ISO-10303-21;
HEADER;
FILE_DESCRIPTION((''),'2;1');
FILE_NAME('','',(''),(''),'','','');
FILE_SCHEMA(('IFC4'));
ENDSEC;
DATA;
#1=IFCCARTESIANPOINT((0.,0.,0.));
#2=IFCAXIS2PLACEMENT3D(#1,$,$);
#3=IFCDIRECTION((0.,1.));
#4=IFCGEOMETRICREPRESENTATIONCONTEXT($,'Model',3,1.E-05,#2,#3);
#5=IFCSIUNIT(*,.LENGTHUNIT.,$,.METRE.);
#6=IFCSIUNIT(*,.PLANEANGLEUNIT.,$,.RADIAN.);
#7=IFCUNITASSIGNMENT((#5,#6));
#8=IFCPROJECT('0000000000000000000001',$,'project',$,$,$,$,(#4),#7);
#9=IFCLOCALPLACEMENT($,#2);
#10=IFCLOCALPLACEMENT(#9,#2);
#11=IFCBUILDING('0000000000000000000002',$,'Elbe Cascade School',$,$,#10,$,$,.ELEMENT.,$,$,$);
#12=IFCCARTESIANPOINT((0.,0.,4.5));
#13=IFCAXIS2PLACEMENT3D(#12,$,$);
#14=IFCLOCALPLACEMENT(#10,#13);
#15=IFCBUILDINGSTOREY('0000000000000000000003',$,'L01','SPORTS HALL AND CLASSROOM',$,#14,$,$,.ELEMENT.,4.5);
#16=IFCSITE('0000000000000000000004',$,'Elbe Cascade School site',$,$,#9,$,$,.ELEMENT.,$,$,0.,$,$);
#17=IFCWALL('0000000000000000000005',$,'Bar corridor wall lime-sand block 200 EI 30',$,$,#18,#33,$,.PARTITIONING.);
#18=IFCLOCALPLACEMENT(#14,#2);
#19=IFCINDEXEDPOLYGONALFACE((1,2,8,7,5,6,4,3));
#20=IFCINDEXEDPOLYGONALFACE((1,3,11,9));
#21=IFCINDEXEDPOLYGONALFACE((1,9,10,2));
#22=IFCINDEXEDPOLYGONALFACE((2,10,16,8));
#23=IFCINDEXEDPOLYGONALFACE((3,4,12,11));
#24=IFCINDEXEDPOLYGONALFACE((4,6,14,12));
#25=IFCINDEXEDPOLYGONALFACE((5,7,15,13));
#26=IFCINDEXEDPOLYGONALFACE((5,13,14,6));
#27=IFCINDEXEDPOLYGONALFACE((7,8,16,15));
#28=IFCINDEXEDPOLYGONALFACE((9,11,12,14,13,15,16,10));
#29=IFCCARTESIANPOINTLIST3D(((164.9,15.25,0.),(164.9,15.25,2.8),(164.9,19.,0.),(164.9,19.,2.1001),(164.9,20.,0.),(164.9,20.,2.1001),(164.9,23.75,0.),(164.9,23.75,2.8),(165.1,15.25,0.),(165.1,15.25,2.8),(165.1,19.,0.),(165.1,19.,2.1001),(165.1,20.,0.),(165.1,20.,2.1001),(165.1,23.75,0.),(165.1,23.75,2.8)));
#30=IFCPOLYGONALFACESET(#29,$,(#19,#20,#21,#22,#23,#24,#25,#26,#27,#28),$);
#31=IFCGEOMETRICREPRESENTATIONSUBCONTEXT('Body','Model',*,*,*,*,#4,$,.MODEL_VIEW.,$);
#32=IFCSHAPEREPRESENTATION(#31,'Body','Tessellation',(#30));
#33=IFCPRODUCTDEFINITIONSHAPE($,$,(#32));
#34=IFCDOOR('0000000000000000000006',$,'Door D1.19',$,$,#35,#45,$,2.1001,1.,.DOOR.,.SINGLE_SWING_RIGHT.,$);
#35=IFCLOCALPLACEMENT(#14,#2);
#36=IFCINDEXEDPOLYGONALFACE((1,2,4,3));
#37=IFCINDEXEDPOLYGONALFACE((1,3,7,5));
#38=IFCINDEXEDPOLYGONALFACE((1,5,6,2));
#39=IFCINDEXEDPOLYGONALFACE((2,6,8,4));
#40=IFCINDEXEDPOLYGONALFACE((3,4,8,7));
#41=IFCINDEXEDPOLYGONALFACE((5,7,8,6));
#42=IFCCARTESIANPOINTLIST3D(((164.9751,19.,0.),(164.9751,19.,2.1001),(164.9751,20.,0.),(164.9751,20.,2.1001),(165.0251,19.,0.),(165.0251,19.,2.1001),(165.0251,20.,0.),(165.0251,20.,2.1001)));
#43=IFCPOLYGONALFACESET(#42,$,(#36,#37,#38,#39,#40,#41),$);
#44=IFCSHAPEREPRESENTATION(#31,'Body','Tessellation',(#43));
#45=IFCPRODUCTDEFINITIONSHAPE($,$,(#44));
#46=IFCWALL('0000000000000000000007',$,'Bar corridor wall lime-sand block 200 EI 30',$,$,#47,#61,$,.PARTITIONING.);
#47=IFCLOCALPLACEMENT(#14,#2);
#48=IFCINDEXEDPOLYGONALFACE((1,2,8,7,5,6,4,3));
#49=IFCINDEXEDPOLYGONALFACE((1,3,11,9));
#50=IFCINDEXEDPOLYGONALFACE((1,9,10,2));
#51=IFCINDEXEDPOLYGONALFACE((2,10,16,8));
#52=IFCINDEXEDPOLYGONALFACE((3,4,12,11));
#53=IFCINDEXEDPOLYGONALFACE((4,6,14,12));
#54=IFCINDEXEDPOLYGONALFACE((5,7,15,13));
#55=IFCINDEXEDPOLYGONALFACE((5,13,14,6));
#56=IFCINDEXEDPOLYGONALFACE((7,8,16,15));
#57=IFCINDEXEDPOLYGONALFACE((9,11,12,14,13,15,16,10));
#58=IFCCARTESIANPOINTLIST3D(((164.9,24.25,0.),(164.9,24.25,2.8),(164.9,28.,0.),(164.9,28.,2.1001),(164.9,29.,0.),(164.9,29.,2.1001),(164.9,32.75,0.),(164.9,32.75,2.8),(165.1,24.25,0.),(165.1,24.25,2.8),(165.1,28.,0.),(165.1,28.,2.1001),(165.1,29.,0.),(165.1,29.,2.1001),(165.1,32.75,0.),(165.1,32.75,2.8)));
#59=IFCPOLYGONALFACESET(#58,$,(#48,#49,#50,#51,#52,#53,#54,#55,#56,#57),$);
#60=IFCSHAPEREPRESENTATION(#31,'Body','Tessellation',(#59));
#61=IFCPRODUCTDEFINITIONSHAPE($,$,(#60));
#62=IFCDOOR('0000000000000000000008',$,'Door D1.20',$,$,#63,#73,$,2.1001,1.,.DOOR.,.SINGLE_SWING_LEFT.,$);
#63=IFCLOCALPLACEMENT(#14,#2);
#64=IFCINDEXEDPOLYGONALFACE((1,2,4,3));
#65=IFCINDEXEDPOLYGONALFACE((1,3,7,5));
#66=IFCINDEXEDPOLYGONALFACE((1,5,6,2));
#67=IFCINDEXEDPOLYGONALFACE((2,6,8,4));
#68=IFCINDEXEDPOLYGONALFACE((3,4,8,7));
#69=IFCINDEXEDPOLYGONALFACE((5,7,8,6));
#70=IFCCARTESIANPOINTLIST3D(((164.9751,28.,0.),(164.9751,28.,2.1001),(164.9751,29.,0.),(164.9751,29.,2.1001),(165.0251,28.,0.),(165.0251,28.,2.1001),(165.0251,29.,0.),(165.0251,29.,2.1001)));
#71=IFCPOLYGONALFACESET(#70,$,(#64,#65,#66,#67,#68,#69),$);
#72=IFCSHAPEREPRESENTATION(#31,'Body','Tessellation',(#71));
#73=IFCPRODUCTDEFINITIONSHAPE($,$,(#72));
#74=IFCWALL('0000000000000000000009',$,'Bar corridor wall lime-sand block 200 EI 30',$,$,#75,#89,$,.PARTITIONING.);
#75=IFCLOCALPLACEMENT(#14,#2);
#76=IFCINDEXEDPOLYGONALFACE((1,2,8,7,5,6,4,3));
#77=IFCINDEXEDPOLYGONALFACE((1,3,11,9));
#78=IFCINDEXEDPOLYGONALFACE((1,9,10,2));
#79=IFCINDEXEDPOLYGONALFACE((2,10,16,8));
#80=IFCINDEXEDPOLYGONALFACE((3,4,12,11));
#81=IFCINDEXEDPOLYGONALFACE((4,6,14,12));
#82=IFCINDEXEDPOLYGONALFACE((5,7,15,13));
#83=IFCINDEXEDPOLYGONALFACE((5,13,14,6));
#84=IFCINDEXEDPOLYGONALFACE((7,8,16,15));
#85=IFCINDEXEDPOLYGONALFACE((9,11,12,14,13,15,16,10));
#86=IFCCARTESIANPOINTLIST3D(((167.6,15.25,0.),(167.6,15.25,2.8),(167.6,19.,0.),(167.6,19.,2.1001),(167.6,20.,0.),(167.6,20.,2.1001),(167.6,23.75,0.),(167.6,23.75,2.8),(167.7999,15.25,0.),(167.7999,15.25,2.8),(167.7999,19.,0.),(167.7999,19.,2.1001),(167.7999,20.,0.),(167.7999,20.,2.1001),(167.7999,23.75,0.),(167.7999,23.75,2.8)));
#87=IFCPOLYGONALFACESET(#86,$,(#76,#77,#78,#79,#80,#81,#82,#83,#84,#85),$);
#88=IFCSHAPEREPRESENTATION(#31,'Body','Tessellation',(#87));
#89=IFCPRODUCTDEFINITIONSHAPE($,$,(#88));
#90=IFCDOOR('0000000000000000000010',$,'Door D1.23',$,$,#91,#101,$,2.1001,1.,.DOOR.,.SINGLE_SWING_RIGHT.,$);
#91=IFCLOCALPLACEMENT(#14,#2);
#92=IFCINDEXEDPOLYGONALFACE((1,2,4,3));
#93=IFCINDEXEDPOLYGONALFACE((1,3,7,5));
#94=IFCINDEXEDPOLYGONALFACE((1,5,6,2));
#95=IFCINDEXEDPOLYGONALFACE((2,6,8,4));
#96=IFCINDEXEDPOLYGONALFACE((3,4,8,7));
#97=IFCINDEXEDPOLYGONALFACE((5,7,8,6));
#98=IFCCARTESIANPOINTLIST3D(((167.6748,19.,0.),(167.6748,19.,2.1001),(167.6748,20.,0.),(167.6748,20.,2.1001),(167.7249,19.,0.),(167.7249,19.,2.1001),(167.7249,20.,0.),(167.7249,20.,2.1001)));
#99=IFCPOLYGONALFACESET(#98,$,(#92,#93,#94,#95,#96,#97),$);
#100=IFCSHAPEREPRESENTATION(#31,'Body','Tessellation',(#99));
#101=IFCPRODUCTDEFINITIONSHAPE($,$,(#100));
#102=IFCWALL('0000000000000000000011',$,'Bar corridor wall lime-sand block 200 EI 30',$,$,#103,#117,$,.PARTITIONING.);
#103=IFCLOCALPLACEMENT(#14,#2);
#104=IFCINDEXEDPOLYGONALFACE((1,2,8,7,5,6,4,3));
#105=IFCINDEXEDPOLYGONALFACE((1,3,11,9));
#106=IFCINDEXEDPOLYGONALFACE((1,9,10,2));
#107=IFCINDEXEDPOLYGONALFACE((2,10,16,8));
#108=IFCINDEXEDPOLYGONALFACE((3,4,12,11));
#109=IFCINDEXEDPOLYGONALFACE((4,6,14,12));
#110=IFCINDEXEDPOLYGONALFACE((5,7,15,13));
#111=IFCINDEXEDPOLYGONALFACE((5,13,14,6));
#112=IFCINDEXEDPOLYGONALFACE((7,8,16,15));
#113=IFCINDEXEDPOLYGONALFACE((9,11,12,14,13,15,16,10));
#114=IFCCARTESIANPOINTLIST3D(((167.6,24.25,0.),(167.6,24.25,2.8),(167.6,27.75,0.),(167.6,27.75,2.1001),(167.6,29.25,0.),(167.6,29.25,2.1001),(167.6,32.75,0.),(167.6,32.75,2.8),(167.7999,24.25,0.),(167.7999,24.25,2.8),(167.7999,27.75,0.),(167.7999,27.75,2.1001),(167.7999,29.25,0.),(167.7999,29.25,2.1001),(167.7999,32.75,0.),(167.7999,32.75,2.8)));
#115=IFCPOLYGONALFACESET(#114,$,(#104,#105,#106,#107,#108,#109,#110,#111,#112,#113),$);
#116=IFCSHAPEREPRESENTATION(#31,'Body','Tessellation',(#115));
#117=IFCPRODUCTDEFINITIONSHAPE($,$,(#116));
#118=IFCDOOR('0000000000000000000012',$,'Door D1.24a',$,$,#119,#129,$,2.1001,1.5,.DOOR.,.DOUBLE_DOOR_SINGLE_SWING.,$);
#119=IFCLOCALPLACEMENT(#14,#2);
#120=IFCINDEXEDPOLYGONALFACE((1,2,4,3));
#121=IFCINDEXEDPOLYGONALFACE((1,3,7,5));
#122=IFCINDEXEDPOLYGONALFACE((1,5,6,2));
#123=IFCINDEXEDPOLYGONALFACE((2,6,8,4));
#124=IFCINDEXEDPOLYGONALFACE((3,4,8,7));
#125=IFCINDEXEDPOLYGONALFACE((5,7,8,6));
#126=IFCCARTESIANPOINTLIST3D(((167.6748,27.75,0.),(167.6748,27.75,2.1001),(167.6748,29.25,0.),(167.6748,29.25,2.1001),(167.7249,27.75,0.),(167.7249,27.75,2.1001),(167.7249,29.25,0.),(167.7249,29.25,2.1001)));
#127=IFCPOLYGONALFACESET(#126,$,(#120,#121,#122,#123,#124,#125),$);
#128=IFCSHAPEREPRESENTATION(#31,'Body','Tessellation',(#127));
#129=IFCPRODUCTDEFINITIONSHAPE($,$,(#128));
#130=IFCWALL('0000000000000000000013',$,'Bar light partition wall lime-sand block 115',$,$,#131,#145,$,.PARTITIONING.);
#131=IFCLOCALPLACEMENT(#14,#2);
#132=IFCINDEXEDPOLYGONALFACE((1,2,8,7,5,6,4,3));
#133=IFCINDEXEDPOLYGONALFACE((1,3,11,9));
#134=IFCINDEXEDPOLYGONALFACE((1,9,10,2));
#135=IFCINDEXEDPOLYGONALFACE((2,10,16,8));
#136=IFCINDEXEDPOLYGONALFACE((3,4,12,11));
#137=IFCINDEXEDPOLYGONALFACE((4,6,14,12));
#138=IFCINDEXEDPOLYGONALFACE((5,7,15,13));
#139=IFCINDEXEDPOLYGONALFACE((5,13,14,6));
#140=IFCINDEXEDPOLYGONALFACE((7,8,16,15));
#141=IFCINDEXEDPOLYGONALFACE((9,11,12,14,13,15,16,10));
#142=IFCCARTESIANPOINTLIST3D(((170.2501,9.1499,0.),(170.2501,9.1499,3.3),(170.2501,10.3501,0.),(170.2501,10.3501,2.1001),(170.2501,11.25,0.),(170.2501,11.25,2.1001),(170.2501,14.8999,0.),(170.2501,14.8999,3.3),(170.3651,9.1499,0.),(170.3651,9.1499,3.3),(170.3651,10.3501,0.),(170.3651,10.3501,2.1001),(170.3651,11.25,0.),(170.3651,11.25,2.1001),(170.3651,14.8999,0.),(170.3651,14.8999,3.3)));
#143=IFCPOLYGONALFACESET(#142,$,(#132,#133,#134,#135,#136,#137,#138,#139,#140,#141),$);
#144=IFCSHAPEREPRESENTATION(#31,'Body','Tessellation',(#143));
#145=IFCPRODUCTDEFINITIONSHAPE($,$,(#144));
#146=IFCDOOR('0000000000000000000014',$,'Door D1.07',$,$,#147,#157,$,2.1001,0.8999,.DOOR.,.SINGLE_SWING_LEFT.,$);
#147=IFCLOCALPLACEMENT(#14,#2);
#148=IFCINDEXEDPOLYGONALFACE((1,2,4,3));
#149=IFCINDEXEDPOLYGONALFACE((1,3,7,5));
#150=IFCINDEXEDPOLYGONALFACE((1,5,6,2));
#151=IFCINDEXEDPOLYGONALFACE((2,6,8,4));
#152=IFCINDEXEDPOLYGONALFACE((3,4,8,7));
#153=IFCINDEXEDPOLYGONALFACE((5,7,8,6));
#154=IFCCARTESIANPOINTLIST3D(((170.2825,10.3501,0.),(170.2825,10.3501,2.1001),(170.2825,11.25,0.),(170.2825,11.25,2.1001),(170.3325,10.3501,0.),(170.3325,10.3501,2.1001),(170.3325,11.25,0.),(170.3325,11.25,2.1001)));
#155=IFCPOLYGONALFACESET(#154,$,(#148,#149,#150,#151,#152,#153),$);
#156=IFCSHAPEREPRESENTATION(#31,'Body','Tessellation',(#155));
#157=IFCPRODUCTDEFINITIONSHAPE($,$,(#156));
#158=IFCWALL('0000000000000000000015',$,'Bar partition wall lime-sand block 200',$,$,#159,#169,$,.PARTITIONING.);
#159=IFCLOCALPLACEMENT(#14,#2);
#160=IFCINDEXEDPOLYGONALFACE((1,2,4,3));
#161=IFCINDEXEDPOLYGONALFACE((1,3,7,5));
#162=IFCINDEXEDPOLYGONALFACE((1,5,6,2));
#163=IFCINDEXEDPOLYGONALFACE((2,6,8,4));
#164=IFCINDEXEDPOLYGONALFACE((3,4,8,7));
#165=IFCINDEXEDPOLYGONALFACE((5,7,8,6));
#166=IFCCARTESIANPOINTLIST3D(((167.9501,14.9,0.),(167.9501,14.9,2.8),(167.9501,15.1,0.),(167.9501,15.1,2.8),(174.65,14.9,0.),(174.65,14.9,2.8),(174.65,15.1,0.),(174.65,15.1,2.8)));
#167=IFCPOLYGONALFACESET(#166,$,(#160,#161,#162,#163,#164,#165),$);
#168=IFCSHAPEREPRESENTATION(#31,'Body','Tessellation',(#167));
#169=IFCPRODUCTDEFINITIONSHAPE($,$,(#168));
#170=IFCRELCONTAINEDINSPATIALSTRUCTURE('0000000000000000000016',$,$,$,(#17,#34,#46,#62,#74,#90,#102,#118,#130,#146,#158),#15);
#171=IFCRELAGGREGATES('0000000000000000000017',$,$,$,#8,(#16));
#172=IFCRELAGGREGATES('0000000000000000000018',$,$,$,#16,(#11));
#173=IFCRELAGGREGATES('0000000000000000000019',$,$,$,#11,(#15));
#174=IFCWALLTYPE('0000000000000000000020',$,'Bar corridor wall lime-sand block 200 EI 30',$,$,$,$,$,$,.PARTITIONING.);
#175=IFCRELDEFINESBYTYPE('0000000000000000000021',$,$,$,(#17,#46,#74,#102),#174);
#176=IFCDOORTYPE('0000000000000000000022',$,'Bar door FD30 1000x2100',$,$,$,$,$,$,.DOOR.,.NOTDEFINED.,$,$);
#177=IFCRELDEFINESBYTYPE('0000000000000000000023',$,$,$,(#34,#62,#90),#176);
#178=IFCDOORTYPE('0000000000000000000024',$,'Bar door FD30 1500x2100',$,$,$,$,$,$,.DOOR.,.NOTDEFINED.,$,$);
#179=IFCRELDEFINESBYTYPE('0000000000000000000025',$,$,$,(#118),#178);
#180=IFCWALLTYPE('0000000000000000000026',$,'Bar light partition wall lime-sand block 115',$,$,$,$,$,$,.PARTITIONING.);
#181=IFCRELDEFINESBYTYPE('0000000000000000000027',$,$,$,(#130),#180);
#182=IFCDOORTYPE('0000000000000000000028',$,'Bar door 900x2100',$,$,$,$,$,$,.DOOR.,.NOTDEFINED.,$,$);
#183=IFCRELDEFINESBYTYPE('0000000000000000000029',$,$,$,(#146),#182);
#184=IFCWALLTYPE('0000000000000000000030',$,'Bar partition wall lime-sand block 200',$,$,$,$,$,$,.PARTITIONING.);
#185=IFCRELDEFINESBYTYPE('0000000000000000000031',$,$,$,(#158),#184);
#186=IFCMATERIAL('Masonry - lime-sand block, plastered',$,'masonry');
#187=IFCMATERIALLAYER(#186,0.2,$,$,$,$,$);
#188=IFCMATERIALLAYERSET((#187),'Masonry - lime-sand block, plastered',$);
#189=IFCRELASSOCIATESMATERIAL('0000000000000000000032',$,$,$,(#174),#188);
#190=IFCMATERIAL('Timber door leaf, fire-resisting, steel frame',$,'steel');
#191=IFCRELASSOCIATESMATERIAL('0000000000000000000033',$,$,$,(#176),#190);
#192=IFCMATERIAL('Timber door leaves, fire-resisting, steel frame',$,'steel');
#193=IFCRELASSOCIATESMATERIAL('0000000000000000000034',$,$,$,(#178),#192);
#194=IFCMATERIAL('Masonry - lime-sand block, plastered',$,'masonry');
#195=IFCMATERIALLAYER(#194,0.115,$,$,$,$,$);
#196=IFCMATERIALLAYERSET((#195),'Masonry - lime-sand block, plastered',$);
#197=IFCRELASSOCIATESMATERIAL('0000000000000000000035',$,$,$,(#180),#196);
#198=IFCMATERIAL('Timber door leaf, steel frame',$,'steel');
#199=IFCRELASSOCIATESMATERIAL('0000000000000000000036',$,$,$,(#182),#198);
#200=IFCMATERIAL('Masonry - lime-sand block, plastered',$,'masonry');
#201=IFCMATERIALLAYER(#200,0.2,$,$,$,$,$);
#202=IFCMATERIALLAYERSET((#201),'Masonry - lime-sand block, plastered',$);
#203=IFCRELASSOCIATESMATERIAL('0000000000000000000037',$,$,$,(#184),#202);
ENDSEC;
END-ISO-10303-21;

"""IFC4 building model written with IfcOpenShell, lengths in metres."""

from ifc_helpers import new_model, si_unit, direction, frame, frame_2d, origin, place, context, subcontext, project, spatial, rectangle, extrude, material, layer, layer_set, type_object, element, fill, save


model = new_model("IFC4")

# Units and contexts
model_context = context("Model", 3, precision=1e-05, world=origin(), true_north=direction((0.0, 1.0)))
body_context = subcontext(model_context, "Body", "Model", "MODEL_VIEW")
ifc_project = project(units=[si_unit("LENGTHUNIT", "METRE"), si_unit("PLANEANGLEUNIT", "RADIAN")], contexts=[model_context])

# Site, building, storey
site_placement = place(None, origin())
site = spatial("IfcSite", under=ifc_project, at=site_placement, Name="Elbe Cascade School site", CompositionType="ELEMENT", RefElevation=0.0)
building_placement = place(site_placement, origin())
building = spatial("IfcBuilding", under=site, at=building_placement, Name="Elbe Cascade School", CompositionType="ELEMENT")
storey_placement = place(building_placement, frame((0.0, 0.0, 4.5)))
storey = spatial("IfcBuildingStorey", under=building, at=storey_placement, Name="L01", Description="SPORTS HALL AND CLASSROOM", CompositionType="ELEMENT", Elevation=4.5)

# Walls, openings, doors
ifc_material_1 = material(Name="Masonry - lime-sand block, plastered", Category="masonry")
ifc_layer_1 = layer(ifc_material_1, 0.2)
ifc_layer_set_1 = layer_set([ifc_layer_1], Name="Masonry - lime-sand block, plastered")
wall_type_1 = type_object("IfcWallType", Name="Bar corridor wall lime-sand block 200 EI 30", PredefinedType="PARTITIONING", material=ifc_layer_set_1)
wall_1_placement = place(storey_placement, frame((165.0, 15.25, 0.0), z_axis=(0.0, 0.0, 1.0), x_axis=(0.0, 1.0, 0.0)))
wall_1 = element("IfcWall", 1, at=wall_1_placement, inside=storey, type_object=wall_type_1, Name="Bar corridor wall lime-sand block 200 EI 30", PredefinedType="PARTITIONING", context=body_context, shape_type="SweptSolid", body=[
    extrude(rectangle(XDim=8.5, YDim=0.2, at=frame_2d((4.25, 0.0))), origin(), (0.0, 0.0, 1.0), 2.8),
])
opening_1_placement = place(wall_1_placement, frame((3.75, 0.0, 0.0)))
opening_1 = element("IfcOpeningElement", 2, at=opening_1_placement, cuts=wall_1, PredefinedType="OPENING", context=body_context, shape_type="SweptSolid", body=[
    extrude(rectangle(XDim=1.0, YDim=2.1001, at=frame_2d((0.5, 1.05))), frame((0.0, 0.1099, 0.0), z_axis=(0.0, -1.0, 0.0), x_axis=(1.0, 0.0, 0.0)), (0.0, 0.0, 1.0), 0.22),
])
ifc_material_2 = material(Name="Timber door leaf, fire-resisting, steel frame", Category="steel")
door_type_1 = type_object("IfcDoorType", Name="Bar door FD30 1000x2100", OperationType="NOTDEFINED", PredefinedType="DOOR", material=ifc_material_2)
door_1_placement = place(opening_1_placement, origin())
door_1 = element("IfcDoor", 3, at=door_1_placement, inside=storey, type_object=door_type_1, Name="Door D1.19", OperationType="SINGLE_SWING_RIGHT", OverallHeight=2.1001, OverallWidth=1.0, PredefinedType="DOOR", context=body_context, shape_type="SweptSolid", body=[
    extrude(rectangle(XDim=1.0, YDim=2.1001, at=frame_2d((0.5, 1.05))), frame((0.0, 0.0249, 0.0), z_axis=(0.0, -1.0, 0.0), x_axis=(1.0, 0.0, 0.0)), (0.0, 0.0, 1.0), 0.05),
])
fill(opening_1, door_1)
wall_2_placement = place(storey_placement, frame((165.0, 24.25, 0.0), z_axis=(0.0, 0.0, 1.0), x_axis=(0.0, 1.0, 0.0)))
wall_2 = element("IfcWall", 4, at=wall_2_placement, inside=storey, type_object=wall_type_1, Name="Bar corridor wall lime-sand block 200 EI 30", PredefinedType="PARTITIONING", context=body_context, shape_type="SweptSolid", body=[
    extrude(rectangle(XDim=8.5, YDim=0.2, at=frame_2d((4.25, 0.0))), origin(), (0.0, 0.0, 1.0), 2.8),
])
opening_2_placement = place(wall_2_placement, frame((3.75, 0.0, 0.0)))
opening_2 = element("IfcOpeningElement", 5, at=opening_2_placement, cuts=wall_2, PredefinedType="OPENING", context=body_context, shape_type="SweptSolid", body=[
    extrude(rectangle(XDim=1.0, YDim=2.1001, at=frame_2d((0.5, 1.05))), frame((0.0, 0.1099, 0.0), z_axis=(0.0, -1.0, 0.0), x_axis=(1.0, 0.0, 0.0)), (0.0, 0.0, 1.0), 0.22),
])
door_2_placement = place(opening_2_placement, origin())
door_2 = element("IfcDoor", 6, at=door_2_placement, inside=storey, type_object=door_type_1, Name="Door D1.20", OperationType="SINGLE_SWING_LEFT", OverallHeight=2.1001, OverallWidth=1.0, PredefinedType="DOOR", context=body_context, shape_type="SweptSolid", body=[
    extrude(rectangle(XDim=1.0, YDim=2.1001, at=frame_2d((0.5, 1.05))), frame((0.0, 0.0249, 0.0), z_axis=(0.0, -1.0, 0.0), x_axis=(1.0, 0.0, 0.0)), (0.0, 0.0, 1.0), 0.05),
])
fill(opening_2, door_2)
wall_3_placement = place(storey_placement, frame((167.7, 23.75, 0.0), z_axis=(0.0, 0.0, 1.0), x_axis=(0.0, -1.0, 0.0)))
wall_3 = element("IfcWall", 7, at=wall_3_placement, inside=storey, type_object=wall_type_1, Name="Bar corridor wall lime-sand block 200 EI 30", PredefinedType="PARTITIONING", context=body_context, shape_type="SweptSolid", body=[
    extrude(rectangle(XDim=8.5, YDim=0.2, at=frame_2d((4.25, 0.0))), origin(), (0.0, 0.0, 1.0), 2.8),
])
opening_3_placement = place(wall_3_placement, frame((3.75, 0.0, 0.0)))
opening_3 = element("IfcOpeningElement", 8, at=opening_3_placement, cuts=wall_3, PredefinedType="OPENING", context=body_context, shape_type="SweptSolid", body=[
    extrude(rectangle(XDim=1.0, YDim=2.1001, at=frame_2d((0.5, 1.05))), frame((0.0, 0.1099, 0.0), z_axis=(0.0, -1.0, 0.0), x_axis=(1.0, 0.0, 0.0)), (0.0, 0.0, 1.0), 0.22),
])
door_3_placement = place(opening_3_placement, origin())
door_3 = element("IfcDoor", 9, at=door_3_placement, inside=storey, type_object=door_type_1, Name="Door D1.23", OperationType="SINGLE_SWING_RIGHT", OverallHeight=2.1001, OverallWidth=1.0, PredefinedType="DOOR", context=body_context, shape_type="SweptSolid", body=[
    extrude(rectangle(XDim=1.0, YDim=2.1001, at=frame_2d((0.5, 1.05))), frame((0.0, 0.0249, 0.0), z_axis=(0.0, -1.0, 0.0), x_axis=(1.0, 0.0, 0.0)), (0.0, 0.0, 1.0), 0.05),
])
fill(opening_3, door_3)
wall_4_placement = place(storey_placement, frame((167.7, 32.75, 0.0), z_axis=(0.0, 0.0, 1.0), x_axis=(0.0, -1.0, 0.0)))
wall_4 = element("IfcWall", 10, at=wall_4_placement, inside=storey, type_object=wall_type_1, Name="Bar corridor wall lime-sand block 200 EI 30", PredefinedType="PARTITIONING", context=body_context, shape_type="SweptSolid", body=[
    extrude(rectangle(XDim=8.5, YDim=0.2, at=frame_2d((4.25, 0.0))), origin(), (0.0, 0.0, 1.0), 2.8),
])
opening_4_placement = place(wall_4_placement, frame((3.5, 0.0, 0.0)))
opening_4 = element("IfcOpeningElement", 11, at=opening_4_placement, cuts=wall_4, PredefinedType="OPENING", context=body_context, shape_type="SweptSolid", body=[
    extrude(rectangle(XDim=1.5, YDim=2.1001, at=frame_2d((0.75, 1.05))), frame((0.0, 0.1099, 0.0), z_axis=(0.0, -1.0, 0.0), x_axis=(1.0, 0.0, 0.0)), (0.0, 0.0, 1.0), 0.22),
])
ifc_material_3 = material(Name="Timber door leaves, fire-resisting, steel frame", Category="steel")
door_type_2 = type_object("IfcDoorType", Name="Bar door FD30 1500x2100", OperationType="NOTDEFINED", PredefinedType="DOOR", material=ifc_material_3)
door_4_placement = place(opening_4_placement, origin())
door_4 = element("IfcDoor", 12, at=door_4_placement, inside=storey, type_object=door_type_2, Name="Door D1.24a", OperationType="DOUBLE_DOOR_SINGLE_SWING", OverallHeight=2.1001, OverallWidth=1.5, PredefinedType="DOOR", context=body_context, shape_type="SweptSolid", body=[
    extrude(rectangle(XDim=1.5, YDim=2.1001, at=frame_2d((0.75, 1.05))), frame((0.0, 0.0249, 0.0), z_axis=(0.0, -1.0, 0.0), x_axis=(1.0, 0.0, 0.0)), (0.0, 0.0, 1.0), 0.05),
])
fill(opening_4, door_4)
ifc_material_4 = material(Name="Masonry - lime-sand block, plastered", Category="masonry")
ifc_layer_2 = layer(ifc_material_4, 0.115)
ifc_layer_set_2 = layer_set([ifc_layer_2], Name="Masonry - lime-sand block, plastered")
wall_type_2 = type_object("IfcWallType", Name="Bar light partition wall lime-sand block 115", PredefinedType="PARTITIONING", material=ifc_layer_set_2)
wall_5_placement = place(storey_placement, frame((170.3076, 14.8999, 0.0), z_axis=(0.0, 0.0, 1.0), x_axis=(0.0, -1.0, 0.0)))
wall_5 = element("IfcWall", 13, at=wall_5_placement, inside=storey, type_object=wall_type_2, Name="Bar light partition wall lime-sand block 115", PredefinedType="PARTITIONING", context=body_context, shape_type="SweptSolid", body=[
    extrude(rectangle(XDim=5.75, YDim=0.115, at=frame_2d((2.875, 0.0))), origin(), (0.0, 0.0, 1.0), 3.3),
])
opening_5_placement = place(wall_5_placement, frame((3.6499, 0.0, 0.0)))
opening_5 = element("IfcOpeningElement", 14, at=opening_5_placement, cuts=wall_5, PredefinedType="OPENING", context=body_context, shape_type="SweptSolid", body=[
    extrude(rectangle(XDim=0.8999, YDim=2.1001, at=frame_2d((0.45, 1.05))), frame((0.0, 0.0674, 0.0), z_axis=(0.0, -1.0, 0.0), x_axis=(1.0, 0.0, 0.0)), (0.0, 0.0, 1.0), 0.135),
])
ifc_material_5 = material(Name="Timber door leaf, steel frame", Category="steel")
door_type_3 = type_object("IfcDoorType", Name="Bar door 900x2100", OperationType="NOTDEFINED", PredefinedType="DOOR", material=ifc_material_5)
door_5_placement = place(opening_5_placement, origin())
door_5 = element("IfcDoor", 15, at=door_5_placement, inside=storey, type_object=door_type_3, Name="Door D1.07", OperationType="SINGLE_SWING_LEFT", OverallHeight=2.1001, OverallWidth=0.8999, PredefinedType="DOOR", context=body_context, shape_type="SweptSolid", body=[
    extrude(rectangle(XDim=0.8999, YDim=2.1001, at=frame_2d((0.45, 1.05))), frame((0.0, 0.0249, 0.0), z_axis=(0.0, -1.0, 0.0), x_axis=(1.0, 0.0, 0.0)), (0.0, 0.0, 1.0), 0.05),
])
fill(opening_5, door_5)

# Wall
ifc_material_6 = material(Name="Masonry - lime-sand block, plastered", Category="masonry")
ifc_layer_3 = layer(ifc_material_6, 0.2)
ifc_layer_set_3 = layer_set([ifc_layer_3], Name="Masonry - lime-sand block, plastered")
wall_type_3 = type_object("IfcWallType", Name="Bar partition wall lime-sand block 200", PredefinedType="PARTITIONING", material=ifc_layer_set_3)
wall_6_placement = place(storey_placement, frame((167.95, 15.0, 0.0), z_axis=(0.0, 0.0, 1.0), x_axis=(1.0, 0.0, 0.0)))
element("IfcWall", 16, at=wall_6_placement, inside=storey, type_object=wall_type_3, Name="Bar partition wall lime-sand block 200", PredefinedType="PARTITIONING", context=body_context, shape_type="SweptSolid", body=[
    extrude(rectangle(XDim=6.7, YDim=0.2, at=frame_2d((3.3501, 0.0))), origin(), (0.0, 0.0, 1.0), 2.8),
])

save(model, "model.ifc")
